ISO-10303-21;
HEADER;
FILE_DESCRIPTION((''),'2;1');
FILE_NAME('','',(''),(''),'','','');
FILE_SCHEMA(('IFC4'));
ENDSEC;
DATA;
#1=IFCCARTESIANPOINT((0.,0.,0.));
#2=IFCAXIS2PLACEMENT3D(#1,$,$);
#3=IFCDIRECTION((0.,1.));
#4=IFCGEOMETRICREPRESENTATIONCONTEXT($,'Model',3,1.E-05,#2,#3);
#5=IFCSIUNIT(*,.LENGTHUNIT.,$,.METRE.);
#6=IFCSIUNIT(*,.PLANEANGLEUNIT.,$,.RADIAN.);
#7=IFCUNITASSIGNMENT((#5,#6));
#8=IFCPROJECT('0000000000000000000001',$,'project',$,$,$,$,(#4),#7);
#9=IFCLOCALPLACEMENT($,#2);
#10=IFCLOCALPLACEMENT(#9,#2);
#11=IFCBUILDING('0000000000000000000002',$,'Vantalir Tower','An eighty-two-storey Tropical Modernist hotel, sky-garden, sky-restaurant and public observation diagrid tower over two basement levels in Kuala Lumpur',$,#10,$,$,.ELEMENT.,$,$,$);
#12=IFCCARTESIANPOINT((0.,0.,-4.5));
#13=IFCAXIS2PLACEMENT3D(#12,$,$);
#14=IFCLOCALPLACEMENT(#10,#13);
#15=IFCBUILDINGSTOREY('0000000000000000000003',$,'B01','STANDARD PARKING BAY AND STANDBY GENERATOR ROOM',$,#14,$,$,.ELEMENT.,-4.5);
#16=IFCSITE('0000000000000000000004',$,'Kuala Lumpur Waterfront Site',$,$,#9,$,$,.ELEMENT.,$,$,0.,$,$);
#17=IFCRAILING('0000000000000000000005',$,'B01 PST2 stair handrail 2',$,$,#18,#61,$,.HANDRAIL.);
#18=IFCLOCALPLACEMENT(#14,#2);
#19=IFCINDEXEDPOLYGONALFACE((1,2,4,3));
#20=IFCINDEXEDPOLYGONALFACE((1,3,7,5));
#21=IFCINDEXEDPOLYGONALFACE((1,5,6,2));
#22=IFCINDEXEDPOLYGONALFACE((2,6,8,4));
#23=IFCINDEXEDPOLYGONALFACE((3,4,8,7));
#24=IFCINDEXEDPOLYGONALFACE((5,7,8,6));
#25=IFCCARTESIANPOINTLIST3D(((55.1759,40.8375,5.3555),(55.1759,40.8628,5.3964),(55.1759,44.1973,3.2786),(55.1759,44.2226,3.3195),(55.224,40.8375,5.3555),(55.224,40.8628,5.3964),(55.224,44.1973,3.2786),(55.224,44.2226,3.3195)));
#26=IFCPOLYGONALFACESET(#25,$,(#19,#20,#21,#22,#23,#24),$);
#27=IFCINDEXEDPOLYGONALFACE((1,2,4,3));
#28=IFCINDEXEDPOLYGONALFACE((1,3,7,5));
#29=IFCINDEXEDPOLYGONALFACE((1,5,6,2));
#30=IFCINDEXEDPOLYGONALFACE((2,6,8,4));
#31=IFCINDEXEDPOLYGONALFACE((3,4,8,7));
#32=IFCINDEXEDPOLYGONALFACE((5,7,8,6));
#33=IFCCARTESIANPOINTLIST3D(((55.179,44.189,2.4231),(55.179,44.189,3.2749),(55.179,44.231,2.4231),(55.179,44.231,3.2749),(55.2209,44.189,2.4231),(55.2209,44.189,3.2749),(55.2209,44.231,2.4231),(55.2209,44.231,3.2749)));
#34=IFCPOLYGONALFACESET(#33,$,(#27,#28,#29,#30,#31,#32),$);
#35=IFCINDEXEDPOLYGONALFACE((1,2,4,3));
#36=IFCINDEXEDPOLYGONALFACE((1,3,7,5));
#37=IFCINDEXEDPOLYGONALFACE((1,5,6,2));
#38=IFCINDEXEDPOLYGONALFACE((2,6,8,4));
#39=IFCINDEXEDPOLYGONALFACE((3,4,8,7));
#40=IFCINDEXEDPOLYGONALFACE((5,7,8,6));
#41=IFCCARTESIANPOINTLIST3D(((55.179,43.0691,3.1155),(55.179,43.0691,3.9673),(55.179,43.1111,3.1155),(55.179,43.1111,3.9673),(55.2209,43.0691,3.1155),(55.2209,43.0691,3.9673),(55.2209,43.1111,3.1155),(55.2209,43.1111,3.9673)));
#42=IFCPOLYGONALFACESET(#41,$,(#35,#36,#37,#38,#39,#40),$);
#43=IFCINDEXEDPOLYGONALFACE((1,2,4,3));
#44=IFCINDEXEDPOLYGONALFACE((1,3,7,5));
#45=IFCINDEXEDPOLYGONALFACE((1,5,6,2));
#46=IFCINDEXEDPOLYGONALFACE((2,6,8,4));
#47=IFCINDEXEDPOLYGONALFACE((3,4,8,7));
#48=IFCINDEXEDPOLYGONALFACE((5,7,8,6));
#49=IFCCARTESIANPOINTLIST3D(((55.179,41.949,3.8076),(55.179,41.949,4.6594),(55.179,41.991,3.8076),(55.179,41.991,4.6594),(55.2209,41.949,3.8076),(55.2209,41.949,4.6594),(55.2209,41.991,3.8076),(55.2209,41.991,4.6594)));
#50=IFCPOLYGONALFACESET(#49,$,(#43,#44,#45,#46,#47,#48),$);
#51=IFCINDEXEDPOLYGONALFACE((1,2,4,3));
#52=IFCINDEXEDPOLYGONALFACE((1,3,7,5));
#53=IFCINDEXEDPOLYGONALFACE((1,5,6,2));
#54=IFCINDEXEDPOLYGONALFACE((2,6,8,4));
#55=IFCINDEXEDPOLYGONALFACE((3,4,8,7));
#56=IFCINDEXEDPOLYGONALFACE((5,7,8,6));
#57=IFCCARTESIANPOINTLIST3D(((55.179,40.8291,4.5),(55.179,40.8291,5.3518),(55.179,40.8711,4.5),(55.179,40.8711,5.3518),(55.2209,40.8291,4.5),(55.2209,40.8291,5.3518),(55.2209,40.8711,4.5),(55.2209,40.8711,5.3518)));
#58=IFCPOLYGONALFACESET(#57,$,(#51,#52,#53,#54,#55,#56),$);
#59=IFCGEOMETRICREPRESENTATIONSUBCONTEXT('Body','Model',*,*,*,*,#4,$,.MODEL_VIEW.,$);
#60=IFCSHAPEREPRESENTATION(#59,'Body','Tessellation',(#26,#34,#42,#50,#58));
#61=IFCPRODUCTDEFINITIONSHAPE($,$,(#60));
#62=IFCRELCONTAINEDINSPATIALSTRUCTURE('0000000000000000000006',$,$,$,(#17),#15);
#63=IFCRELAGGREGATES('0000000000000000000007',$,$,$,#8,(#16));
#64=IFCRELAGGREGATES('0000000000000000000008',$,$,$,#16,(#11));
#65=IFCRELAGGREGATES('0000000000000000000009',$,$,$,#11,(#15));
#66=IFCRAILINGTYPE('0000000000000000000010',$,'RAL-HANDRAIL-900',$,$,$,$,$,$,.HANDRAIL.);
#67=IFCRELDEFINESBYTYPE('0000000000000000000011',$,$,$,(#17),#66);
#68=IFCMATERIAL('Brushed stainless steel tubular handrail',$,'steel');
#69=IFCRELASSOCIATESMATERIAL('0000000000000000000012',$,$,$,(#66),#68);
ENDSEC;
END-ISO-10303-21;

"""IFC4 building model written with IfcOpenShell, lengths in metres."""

from ifc_helpers import new_model, si_unit, direction, frame, origin, origin_2d, place, context, subcontext, project, spatial, rectangle, extrude, material, type_object, element, save


model = new_model("IFC4")

# Units and contexts
model_context = context("Model", 3, precision=1e-05, world=origin(), true_north=direction((0.0, 1.0)))
body_context = subcontext(model_context, "Body", "Model", "MODEL_VIEW")
ifc_project = project(units=[si_unit("LENGTHUNIT", "METRE"), si_unit("PLANEANGLEUNIT", "RADIAN")], contexts=[model_context])

# Site, building, storey
site_placement = place(None, origin())
site = spatial("IfcSite", under=ifc_project, at=site_placement, Name="Kuala Lumpur Waterfront Site", CompositionType="ELEMENT", RefElevation=0.0)
building_placement = place(site_placement, origin())
building = spatial("IfcBuilding", under=site, at=building_placement, Name="Vantalir Tower", Description="An eighty-two-storey Tropical Modernist hotel, sky-garden, sky-restaurant and public observation diagrid tower over two basement levels in Kuala Lumpur", CompositionType="ELEMENT")
storey_placement = place(building_placement, frame((0.0, 0.0, -4.5)))
storey = spatial("IfcBuildingStorey", under=building, at=storey_placement, Name="B01", Description="STANDARD PARKING BAY AND STANDBY GENERATOR ROOM", CompositionType="ELEMENT", Elevation=-4.5)

# Railing
ifc_material_1 = material(Name="Brushed stainless steel tubular handrail", Category="steel")
railing_type_1 = type_object("IfcRailingType", Name="RAL-HANDRAIL-900", PredefinedType="HANDRAIL", material=ifc_material_1)
railing_1_placement = place(storey_placement, frame((55.2, 44.21, 2.4231)))
element("IfcRailing", 1, at=railing_1_placement, inside=storey, type_object=railing_type_1, Name="B01 PST2 stair handrail 2", PredefinedType="HANDRAIL", context=body_context, shape_type="SweptSolid", body=[
    extrude(rectangle(XDim=0.0481, YDim=0.0481, at=origin_2d()), frame((0.0, 0.0, 0.876), z_axis=(0.0, -0.850606, 0.525803), x_axis=(1.0, 0.0, 0.0)), (0.0, 0.0, 1.0), 3.95),
    extrude(rectangle(XDim=0.042, YDim=0.042, at=origin_2d()), origin(), (0.0, 0.0, 1.0), 0.8518),
    extrude(rectangle(XDim=0.042, YDim=0.042, at=origin_2d()), frame((0.0, -1.1199, 0.6924)), (0.0, 0.0, 1.0), 0.8518),
    extrude(rectangle(XDim=0.042, YDim=0.042, at=origin_2d()), frame((0.0, -2.24, 1.3845)), (0.0, 0.0, 1.0), 0.8518),
    extrude(rectangle(XDim=0.042, YDim=0.042, at=origin_2d()), frame((0.0, -3.3599, 2.0769)), (0.0, 0.0, 1.0), 0.8518),
])

save(model, "model.ifc")
